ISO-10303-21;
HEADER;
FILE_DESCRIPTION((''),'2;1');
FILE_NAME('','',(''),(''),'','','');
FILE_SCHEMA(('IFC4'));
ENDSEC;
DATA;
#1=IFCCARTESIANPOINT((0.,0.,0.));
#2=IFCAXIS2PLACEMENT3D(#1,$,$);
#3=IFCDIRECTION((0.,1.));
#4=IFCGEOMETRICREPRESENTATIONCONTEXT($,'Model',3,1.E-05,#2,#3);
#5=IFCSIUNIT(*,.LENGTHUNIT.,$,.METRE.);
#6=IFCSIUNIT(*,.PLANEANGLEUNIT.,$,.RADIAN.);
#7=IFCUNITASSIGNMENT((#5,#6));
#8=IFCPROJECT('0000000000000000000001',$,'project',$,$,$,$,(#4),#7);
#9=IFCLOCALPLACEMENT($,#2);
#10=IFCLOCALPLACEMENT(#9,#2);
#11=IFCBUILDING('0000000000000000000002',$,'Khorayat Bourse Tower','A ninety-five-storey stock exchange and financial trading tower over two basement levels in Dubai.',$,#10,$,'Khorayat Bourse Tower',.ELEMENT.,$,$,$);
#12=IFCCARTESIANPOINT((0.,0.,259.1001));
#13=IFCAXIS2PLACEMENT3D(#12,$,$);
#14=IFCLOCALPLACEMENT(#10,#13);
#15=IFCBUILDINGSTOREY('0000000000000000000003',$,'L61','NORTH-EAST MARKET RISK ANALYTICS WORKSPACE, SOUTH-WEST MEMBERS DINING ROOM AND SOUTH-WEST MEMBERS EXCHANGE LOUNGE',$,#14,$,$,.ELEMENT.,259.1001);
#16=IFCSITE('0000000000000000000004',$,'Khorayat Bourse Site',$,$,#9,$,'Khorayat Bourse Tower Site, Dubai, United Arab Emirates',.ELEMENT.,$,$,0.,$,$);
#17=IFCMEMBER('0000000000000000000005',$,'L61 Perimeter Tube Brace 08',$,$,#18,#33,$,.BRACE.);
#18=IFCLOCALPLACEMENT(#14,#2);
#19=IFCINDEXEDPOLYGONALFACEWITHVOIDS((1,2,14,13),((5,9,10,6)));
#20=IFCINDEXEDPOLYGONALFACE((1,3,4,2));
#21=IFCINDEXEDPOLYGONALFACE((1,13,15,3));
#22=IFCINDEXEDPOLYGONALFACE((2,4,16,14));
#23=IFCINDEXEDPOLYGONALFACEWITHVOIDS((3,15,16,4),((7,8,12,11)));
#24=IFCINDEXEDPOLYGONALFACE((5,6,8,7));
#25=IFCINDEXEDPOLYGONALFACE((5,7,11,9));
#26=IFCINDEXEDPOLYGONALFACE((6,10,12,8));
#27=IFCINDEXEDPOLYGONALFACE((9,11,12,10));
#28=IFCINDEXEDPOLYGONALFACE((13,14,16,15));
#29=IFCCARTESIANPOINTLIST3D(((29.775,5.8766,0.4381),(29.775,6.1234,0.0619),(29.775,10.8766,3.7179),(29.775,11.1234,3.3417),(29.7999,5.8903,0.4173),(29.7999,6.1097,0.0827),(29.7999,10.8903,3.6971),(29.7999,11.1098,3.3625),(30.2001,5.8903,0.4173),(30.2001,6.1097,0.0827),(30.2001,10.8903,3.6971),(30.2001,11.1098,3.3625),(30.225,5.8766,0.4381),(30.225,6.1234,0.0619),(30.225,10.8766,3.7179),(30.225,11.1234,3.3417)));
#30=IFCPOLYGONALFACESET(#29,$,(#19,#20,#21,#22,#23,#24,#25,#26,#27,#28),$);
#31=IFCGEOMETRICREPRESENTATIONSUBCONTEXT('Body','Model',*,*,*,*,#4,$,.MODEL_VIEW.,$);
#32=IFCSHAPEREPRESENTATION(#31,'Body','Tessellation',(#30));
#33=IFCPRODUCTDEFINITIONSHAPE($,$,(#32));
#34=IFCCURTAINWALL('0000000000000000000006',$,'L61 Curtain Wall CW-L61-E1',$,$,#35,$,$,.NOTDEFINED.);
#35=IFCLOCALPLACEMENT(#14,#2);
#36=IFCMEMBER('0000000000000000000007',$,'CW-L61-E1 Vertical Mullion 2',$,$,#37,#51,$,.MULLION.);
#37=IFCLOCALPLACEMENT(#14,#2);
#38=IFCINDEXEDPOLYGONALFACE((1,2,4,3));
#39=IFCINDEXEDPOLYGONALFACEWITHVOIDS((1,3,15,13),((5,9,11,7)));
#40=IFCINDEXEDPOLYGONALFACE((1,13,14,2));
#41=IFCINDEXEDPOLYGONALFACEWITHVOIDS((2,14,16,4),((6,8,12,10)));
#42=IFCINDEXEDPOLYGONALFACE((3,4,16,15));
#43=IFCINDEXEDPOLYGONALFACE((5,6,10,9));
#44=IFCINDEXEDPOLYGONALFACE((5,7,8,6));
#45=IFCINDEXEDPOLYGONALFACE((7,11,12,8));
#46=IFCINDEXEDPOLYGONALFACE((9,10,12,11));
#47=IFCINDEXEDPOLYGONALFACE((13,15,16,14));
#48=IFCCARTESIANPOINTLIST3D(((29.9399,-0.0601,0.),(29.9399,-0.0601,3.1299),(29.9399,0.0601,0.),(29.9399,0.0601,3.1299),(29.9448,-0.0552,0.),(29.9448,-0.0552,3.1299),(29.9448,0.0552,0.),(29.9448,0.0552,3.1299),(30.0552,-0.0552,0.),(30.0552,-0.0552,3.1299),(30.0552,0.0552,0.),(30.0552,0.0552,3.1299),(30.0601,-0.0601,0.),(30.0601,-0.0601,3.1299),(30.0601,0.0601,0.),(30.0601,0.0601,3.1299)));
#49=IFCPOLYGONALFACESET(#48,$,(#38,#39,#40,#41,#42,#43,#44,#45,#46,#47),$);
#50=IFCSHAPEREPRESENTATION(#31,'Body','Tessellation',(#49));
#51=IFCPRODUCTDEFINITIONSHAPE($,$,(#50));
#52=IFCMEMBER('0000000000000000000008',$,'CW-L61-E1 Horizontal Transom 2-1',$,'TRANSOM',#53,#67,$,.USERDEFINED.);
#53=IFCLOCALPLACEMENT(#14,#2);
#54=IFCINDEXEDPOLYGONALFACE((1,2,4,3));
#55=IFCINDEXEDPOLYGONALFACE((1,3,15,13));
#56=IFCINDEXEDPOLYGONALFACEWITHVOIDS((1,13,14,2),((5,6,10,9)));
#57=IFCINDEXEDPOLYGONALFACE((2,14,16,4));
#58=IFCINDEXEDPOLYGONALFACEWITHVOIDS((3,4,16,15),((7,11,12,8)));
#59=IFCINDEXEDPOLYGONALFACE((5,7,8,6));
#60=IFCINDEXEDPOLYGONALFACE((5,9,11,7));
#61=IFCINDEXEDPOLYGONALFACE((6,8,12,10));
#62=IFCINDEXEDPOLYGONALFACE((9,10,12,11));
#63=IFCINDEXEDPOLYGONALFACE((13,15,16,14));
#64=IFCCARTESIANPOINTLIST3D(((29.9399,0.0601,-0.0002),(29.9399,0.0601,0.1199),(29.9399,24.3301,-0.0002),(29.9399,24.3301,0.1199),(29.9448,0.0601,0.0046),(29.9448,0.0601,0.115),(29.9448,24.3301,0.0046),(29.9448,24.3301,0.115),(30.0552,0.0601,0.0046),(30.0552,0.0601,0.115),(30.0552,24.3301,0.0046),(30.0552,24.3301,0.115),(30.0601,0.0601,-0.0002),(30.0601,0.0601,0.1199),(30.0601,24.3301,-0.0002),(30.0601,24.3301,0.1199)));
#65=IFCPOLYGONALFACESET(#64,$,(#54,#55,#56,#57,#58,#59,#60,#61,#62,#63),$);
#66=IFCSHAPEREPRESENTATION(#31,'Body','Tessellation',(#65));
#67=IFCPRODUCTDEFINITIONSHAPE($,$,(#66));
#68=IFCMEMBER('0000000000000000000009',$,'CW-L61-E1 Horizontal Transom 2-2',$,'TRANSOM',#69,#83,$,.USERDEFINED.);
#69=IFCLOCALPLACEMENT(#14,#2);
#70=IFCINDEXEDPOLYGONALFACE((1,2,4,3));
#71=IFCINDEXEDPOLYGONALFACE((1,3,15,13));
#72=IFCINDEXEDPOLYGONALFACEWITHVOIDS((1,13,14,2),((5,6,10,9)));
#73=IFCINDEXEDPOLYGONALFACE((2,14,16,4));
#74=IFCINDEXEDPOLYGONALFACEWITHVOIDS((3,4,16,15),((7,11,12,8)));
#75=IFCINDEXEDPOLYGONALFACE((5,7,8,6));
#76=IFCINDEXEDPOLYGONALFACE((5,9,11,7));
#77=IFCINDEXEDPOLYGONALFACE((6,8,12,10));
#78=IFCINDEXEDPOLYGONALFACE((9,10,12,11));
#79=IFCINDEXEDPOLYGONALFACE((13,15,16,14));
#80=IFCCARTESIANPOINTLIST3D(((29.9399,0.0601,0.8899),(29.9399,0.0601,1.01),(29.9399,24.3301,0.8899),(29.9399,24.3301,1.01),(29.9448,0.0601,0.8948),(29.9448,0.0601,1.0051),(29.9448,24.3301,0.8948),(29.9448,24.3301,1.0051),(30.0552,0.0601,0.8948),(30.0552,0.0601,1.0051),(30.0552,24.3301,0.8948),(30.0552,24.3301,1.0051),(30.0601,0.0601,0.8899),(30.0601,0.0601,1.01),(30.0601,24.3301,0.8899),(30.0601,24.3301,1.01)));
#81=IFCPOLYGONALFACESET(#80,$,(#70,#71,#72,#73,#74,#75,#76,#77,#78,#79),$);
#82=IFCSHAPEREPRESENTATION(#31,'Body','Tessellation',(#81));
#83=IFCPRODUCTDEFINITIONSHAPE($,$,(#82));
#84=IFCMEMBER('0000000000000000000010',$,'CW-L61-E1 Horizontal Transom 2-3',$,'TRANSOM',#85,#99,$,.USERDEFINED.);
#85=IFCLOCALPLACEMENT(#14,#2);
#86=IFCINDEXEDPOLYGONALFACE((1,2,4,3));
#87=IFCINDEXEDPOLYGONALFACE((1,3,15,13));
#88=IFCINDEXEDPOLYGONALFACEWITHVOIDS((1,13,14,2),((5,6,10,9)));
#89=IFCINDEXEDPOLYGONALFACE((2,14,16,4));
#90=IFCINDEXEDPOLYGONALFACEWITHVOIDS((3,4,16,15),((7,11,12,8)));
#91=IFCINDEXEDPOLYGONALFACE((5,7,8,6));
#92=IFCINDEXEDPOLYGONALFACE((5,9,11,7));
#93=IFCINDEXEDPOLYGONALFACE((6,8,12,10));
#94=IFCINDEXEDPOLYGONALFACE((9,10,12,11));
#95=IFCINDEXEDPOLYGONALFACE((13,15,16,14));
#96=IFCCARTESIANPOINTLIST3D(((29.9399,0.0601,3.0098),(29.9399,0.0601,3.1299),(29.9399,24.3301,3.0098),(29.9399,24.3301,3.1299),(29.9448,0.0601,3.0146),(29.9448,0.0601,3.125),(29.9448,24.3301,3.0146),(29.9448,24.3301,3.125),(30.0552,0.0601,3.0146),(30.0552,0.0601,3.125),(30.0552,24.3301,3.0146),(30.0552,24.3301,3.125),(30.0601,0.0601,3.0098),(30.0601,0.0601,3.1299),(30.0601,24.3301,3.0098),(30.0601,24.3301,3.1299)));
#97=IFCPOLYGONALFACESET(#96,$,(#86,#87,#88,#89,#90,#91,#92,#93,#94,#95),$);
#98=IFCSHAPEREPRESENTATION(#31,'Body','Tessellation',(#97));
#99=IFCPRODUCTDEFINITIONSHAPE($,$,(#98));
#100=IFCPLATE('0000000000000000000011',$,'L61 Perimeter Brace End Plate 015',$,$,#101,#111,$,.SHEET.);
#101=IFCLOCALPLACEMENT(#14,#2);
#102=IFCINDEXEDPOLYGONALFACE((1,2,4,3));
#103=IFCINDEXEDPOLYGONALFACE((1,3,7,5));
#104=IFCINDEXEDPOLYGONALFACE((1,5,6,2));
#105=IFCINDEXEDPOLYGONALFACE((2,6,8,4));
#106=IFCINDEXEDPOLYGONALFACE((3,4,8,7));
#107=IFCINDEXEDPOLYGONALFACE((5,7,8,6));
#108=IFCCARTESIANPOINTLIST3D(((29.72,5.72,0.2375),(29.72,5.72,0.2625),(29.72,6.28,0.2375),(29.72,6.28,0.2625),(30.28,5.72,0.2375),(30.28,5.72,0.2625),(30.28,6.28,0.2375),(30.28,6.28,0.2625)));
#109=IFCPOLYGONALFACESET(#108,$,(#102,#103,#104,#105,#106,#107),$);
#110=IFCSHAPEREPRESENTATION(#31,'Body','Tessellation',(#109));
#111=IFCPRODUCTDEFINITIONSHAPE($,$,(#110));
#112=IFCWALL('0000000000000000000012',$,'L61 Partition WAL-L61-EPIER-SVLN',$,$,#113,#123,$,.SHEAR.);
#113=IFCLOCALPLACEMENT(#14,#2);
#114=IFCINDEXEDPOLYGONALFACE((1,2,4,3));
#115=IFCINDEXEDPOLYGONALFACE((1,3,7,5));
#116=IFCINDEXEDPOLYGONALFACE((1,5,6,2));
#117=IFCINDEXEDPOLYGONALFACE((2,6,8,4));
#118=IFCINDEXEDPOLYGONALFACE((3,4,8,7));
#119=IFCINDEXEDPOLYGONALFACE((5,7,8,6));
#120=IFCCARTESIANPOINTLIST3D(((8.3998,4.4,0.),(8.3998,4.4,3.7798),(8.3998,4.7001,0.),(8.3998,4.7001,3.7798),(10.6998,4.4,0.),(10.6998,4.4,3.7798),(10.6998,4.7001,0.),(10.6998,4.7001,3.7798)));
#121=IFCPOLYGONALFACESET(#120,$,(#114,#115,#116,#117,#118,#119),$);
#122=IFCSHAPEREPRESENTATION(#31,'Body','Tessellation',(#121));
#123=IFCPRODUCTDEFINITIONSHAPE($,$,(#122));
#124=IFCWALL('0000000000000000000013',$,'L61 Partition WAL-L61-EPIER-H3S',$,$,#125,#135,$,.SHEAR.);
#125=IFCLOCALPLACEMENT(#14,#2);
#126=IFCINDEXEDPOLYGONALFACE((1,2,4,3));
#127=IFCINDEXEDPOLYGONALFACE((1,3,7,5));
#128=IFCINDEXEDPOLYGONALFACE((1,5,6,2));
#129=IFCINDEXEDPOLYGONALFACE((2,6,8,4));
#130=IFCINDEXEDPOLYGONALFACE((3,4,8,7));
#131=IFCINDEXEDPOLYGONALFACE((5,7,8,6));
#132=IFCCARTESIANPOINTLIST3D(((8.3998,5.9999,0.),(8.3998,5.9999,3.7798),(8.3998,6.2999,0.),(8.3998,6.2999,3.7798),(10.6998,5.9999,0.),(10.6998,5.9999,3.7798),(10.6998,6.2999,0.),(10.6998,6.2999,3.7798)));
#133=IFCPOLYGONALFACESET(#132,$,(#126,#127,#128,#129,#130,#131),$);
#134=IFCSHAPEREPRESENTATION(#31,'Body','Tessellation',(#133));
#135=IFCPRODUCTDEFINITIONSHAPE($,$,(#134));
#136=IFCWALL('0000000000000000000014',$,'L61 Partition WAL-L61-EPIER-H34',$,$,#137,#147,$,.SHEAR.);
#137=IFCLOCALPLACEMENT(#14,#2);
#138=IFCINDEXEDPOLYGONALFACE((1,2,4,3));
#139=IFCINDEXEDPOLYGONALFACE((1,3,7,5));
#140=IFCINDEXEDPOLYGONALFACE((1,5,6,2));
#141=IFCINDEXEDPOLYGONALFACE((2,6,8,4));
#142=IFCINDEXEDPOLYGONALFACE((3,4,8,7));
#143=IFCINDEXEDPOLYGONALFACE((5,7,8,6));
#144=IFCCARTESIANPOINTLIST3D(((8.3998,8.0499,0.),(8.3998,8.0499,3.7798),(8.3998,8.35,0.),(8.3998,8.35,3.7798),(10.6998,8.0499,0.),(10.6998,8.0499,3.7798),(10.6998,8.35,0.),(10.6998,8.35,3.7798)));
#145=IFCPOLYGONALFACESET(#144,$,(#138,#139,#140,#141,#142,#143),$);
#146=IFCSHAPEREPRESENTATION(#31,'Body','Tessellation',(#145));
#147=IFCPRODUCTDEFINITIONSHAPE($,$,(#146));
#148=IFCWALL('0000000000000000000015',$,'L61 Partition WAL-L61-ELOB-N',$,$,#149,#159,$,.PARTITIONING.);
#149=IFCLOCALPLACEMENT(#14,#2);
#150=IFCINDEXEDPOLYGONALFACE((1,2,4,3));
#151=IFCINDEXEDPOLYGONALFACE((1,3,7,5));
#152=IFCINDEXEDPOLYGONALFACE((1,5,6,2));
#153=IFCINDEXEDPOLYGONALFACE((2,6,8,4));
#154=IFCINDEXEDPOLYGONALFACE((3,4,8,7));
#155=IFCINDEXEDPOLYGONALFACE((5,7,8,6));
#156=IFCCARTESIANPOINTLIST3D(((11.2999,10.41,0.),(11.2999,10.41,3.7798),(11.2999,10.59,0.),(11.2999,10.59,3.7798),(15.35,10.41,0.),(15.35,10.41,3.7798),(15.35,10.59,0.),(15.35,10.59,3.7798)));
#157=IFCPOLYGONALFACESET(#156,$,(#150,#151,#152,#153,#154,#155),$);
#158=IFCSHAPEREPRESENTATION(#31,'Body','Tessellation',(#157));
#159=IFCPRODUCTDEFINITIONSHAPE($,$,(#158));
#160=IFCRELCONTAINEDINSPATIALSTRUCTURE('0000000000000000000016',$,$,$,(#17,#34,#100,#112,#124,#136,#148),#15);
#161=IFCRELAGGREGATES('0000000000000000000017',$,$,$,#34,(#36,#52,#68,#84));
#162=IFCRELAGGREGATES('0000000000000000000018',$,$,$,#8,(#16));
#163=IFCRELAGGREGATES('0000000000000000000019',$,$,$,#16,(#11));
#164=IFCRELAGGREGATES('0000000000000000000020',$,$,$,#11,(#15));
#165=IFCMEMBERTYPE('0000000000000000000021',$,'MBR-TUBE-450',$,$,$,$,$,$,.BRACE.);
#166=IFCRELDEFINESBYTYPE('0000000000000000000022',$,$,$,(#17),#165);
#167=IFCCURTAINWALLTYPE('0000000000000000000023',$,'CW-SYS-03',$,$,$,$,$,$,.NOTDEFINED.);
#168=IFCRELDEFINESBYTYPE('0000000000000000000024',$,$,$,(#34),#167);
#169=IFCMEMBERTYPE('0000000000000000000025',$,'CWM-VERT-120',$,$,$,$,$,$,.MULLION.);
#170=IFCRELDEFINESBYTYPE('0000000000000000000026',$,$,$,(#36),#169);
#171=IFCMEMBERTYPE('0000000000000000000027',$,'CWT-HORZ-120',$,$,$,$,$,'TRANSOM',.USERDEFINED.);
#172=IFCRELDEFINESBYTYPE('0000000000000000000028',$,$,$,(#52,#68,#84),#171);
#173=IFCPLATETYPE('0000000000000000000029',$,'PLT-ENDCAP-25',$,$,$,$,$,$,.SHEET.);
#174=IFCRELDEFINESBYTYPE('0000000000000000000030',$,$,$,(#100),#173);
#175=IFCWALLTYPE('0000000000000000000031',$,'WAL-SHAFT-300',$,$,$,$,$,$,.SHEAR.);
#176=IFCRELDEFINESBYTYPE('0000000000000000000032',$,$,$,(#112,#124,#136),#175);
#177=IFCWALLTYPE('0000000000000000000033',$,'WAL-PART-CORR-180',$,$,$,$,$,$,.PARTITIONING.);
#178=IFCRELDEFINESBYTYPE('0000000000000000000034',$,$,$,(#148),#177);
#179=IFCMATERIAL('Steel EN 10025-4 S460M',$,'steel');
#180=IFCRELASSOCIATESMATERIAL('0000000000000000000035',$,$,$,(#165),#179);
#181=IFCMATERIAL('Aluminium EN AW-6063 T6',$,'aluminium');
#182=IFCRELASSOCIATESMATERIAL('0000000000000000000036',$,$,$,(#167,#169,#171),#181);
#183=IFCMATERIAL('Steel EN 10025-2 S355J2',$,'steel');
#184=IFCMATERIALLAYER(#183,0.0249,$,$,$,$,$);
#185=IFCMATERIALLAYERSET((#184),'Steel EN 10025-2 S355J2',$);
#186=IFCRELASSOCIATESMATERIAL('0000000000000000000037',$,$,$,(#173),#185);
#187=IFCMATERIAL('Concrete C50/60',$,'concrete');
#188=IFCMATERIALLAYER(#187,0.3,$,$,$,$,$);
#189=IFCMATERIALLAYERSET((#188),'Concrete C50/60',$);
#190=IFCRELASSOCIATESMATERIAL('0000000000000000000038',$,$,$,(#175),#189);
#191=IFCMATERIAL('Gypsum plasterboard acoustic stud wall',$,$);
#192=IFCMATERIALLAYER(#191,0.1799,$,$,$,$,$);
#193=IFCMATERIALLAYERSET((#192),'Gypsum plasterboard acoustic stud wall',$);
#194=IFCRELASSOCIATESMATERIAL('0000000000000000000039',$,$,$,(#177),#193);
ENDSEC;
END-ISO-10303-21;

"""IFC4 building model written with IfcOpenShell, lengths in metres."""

from ifc_helpers import new_model, si_unit, direction, frame, frame_2d, origin, origin_2d, place, context, subcontext, project, spatial, rectangle, hollow_rectangle, extrude, source, transform, mapped, material, layer, layer_set, material_profile, profile_set, type_object, element, aggregate, save


model = new_model("IFC4")

# Units and contexts
model_context = context("Model", 3, precision=1e-05, world=origin(), true_north=direction((0.0, 1.0)))
body_context = subcontext(model_context, "Body", "Model", "MODEL_VIEW")
ifc_project = project(units=[si_unit("LENGTHUNIT", "METRE"), si_unit("PLANEANGLEUNIT", "RADIAN")], contexts=[model_context])

# Site, building, storey
site_placement = place(None, origin())
site = spatial("IfcSite", under=ifc_project, at=site_placement, Name="Khorayat Bourse Site", LongName="Khorayat Bourse Tower Site, Dubai, United Arab Emirates", CompositionType="ELEMENT", RefElevation=0.0)
building_placement = place(site_placement, origin())
building = spatial("IfcBuilding", under=site, at=building_placement, Name="Khorayat Bourse Tower", Description="A ninety-five-storey stock exchange and financial trading tower over two basement levels in Dubai.", LongName="Khorayat Bourse Tower", CompositionType="ELEMENT")
storey_placement = place(building_placement, frame((0.0, 0.0, 259.1001)))
storey = spatial("IfcBuildingStorey", under=building, at=storey_placement, Name="L61", Description="NORTH-EAST MARKET RISK ANALYTICS WORKSPACE, SOUTH-WEST MEMBERS DINING ROOM AND SOUTH-WEST MEMBERS EXCHANGE LOUNGE", CompositionType="ELEMENT", Elevation=259.1001)

# Shared definitions
ifc_material_1 = material(Name="Steel EN 10025-4 S460M", Category="steel")

# Member
ifc_material_profile_1 = material_profile(ifc_material_1, hollow_rectangle(XDim=0.45, YDim=0.45, WallThickness=0.0249, at=origin_2d()), Name="HSS 450x450x25")
ifc_profile_set_1 = profile_set([ifc_material_profile_1], Name="Steel EN 10025-4 S460M")
member_type_1 = type_object("IfcMemberType", Name="MBR-TUBE-450", PredefinedType="BRACE", material=ifc_profile_set_1)
shared_shape_1 = source(origin(), body_context, "Body", "SweptSolid", [
    extrude(hollow_rectangle(XDim=0.45, YDim=0.45, WallThickness=0.0249, at=origin_2d()), origin(), (0.0, 0.0, 1.0), 5.9797),
])
member_1_placement = place(storey_placement, frame((30.0, 6.0, 0.25), z_axis=(0.0, 0.83616, 0.548485), x_axis=(-1.0, 0.0, 0.0)))
element("IfcMember", 1, at=member_1_placement, inside=storey, type_object=member_type_1, Name="L61 Perimeter Tube Brace 08", PredefinedType="BRACE", context=body_context, shape_type="MappedRepresentation", body=[
    mapped(shared_shape_1, transform((0.0, 0.0, 0.0), scale=1.0)),
])

# Curtain wall, members
ifc_material_2 = material(Name="Aluminium EN AW-6063 T6", Category="aluminium")
curtain_wall_type = type_object("IfcCurtainWallType", Name="CW-SYS-03", PredefinedType="NOTDEFINED", material=ifc_material_2)
curtain_wall_placement = place(storey_placement, origin())
curtain_wall = element("IfcCurtainWall", 2, at=curtain_wall_placement, inside=storey, type_object=curtain_wall_type, Name="L61 Curtain Wall CW-L61-E1", PredefinedType="NOTDEFINED")
ifc_material_profile_2 = material_profile(ifc_material_2, hollow_rectangle(XDim=0.1201, YDim=0.1201, WallThickness=0.0049, at=origin_2d()), Name="ALU 120x120x5")
ifc_profile_set_2 = profile_set([ifc_material_profile_2], Name="Aluminium EN AW-6063 T6")
member_type_2 = type_object("IfcMemberType", Name="CWM-VERT-120", PredefinedType="MULLION", material=ifc_profile_set_2)
shared_shape_2 = source(origin(), body_context, "Body", "SweptSolid", [
    extrude(hollow_rectangle(XDim=0.1201, YDim=0.1201, WallThickness=0.0049, at=origin_2d()), origin(), (0.0, 0.0, 1.0), 3.1299),
])
member_2_placement = place(storey_placement, frame((30.0, 0.0, 0.0), z_axis=(0.0, 0.0, 1.0), x_axis=(-1.0, 0.0, 0.0)))
member_2 = element("IfcMember", 3, at=member_2_placement, type_object=member_type_2, Name="CW-L61-E1 Vertical Mullion 2", PredefinedType="MULLION", context=body_context, shape_type="MappedRepresentation", body=[
    mapped(shared_shape_2, transform((0.0, 0.0, 0.0), scale=1.0)),
])
ifc_material_profile_3 = material_profile(ifc_material_2, hollow_rectangle(XDim=0.1201, YDim=0.1201, WallThickness=0.0049, at=origin_2d()), Name="ALU 120x120x5")
ifc_profile_set_3 = profile_set([ifc_material_profile_3], Name="Aluminium EN AW-6063 T6")
member_type_3 = type_object("IfcMemberType", Name="CWT-HORZ-120", ElementType="TRANSOM", PredefinedType="USERDEFINED", material=ifc_profile_set_3)
shared_shape_3 = source(origin(), body_context, "Body", "SweptSolid", [
    extrude(hollow_rectangle(XDim=0.1201, YDim=0.1201, WallThickness=0.0049, at=origin_2d()), origin(), (0.0, 0.0, 1.0), 24.27),
])
member_3_placement = place(storey_placement, frame((30.0, 0.0601, 0.0598), z_axis=(0.0, 1.0, 0.0), x_axis=(-1.0, 0.0, 0.0)))
member_3 = element("IfcMember", 4, at=member_3_placement, type_object=member_type_3, Name="CW-L61-E1 Horizontal Transom 2-1", ObjectType="TRANSOM", PredefinedType="USERDEFINED", context=body_context, shape_type="MappedRepresentation", body=[
    mapped(shared_shape_3, transform((0.0, 0.0, 0.0), scale=1.0)),
])
member_4_placement = place(storey_placement, frame((30.0, 0.0601, 0.95), z_axis=(0.0, 1.0, 0.0), x_axis=(-1.0, 0.0, 0.0)))
member_4 = element("IfcMember", 5, at=member_4_placement, type_object=member_type_3, Name="CW-L61-E1 Horizontal Transom 2-2", ObjectType="TRANSOM", PredefinedType="USERDEFINED", context=body_context, shape_type="MappedRepresentation", body=[
    mapped(shared_shape_3, transform((0.0, 0.0, 0.0), scale=1.0)),
])
member_5_placement = place(storey_placement, frame((30.0, 0.0601, 3.0698), z_axis=(0.0, 1.0, 0.0), x_axis=(-1.0, 0.0, 0.0)))
member_5 = element("IfcMember", 6, at=member_5_placement, type_object=member_type_3, Name="CW-L61-E1 Horizontal Transom 2-3", ObjectType="TRANSOM", PredefinedType="USERDEFINED", context=body_context, shape_type="MappedRepresentation", body=[
    mapped(shared_shape_3, transform((0.0, 0.0, 0.0), scale=1.0)),
])
aggregate(curtain_wall, [member_2, member_3, member_4, member_5])

# Plate
ifc_material_3 = material(Name="Steel EN 10025-2 S355J2", Category="steel")
ifc_layer_1 = layer(ifc_material_3, 0.0249)
ifc_layer_set_1 = layer_set([ifc_layer_1], Name="Steel EN 10025-2 S355J2")
plate_type = type_object("IfcPlateType", Name="PLT-ENDCAP-25", PredefinedType="SHEET", material=ifc_layer_set_1)
shared_shape_4 = source(origin(), body_context, "Body", "SweptSolid", [
    extrude(rectangle(XDim=0.5601, YDim=0.5601, at=origin_2d()), origin(), (0.0, 0.0, 1.0), 0.0249),
])
plate_placement = place(storey_placement, frame((30.0, 6.0, 0.2375), z_axis=(0.0, 0.0, 1.0), x_axis=(1.0, 0.0, 0.0)))
element("IfcPlate", 7, at=plate_placement, inside=storey, type_object=plate_type, Name="L61 Perimeter Brace End Plate 015", PredefinedType="SHEET", context=body_context, shape_type="MappedRepresentation", body=[
    mapped(shared_shape_4, transform((0.0, 0.0, 0.0), scale=1.0)),
])

# Walls
ifc_material_4 = material(Name="Concrete C50/60", Category="concrete")
ifc_layer_2 = layer(ifc_material_4, 0.3)
ifc_layer_set_2 = layer_set([ifc_layer_2], Name="Concrete C50/60")
wall_type_1 = type_object("IfcWallType", Name="WAL-SHAFT-300", PredefinedType="SHEAR", material=ifc_layer_set_2)
shared_shape_5 = source(origin(), body_context, "Body", "SweptSolid", [
    extrude(rectangle(XDim=2.3, YDim=0.3, at=frame_2d((1.1499, 0.0))), origin(), (0.0, 0.0, 1.0), 3.7798),
])
for number, where, z_axis, x_axis, name in (
    (8, (8.3999, 4.55, 0.0), (0.0, 0.0, 1.0), (1.0, 0.0, 0.0), "L61 Partition WAL-L61-EPIER-SVLN"),
    (9, (8.3999, 6.1499, 0.0), (0.0, 0.0, 1.0), (1.0, 0.0, 0.0), "L61 Partition WAL-L61-EPIER-H3S"),
    (10, (8.3999, 8.2, 0.0), (0.0, 0.0, 1.0), (1.0, 0.0, 0.0), "L61 Partition WAL-L61-EPIER-H34"),
):
    element("IfcWall", number, at=place(storey_placement, frame(where, z_axis=z_axis, x_axis=x_axis)), inside=storey, type_object=wall_type_1, Name=name, PredefinedType="SHEAR", context=body_context, shape_type="MappedRepresentation", body=[
        mapped(shared_shape_5, transform((0.0, 0.0, 0.0), scale=1.0)),
    ])
ifc_material_5 = material(Name="Gypsum plasterboard acoustic stud wall")
ifc_layer_3 = layer(ifc_material_5, 0.1799)
ifc_layer_set_3 = layer_set([ifc_layer_3], Name="Gypsum plasterboard acoustic stud wall")
wall_type_2 = type_object("IfcWallType", Name="WAL-PART-CORR-180", PredefinedType="PARTITIONING", material=ifc_layer_set_3)
shared_shape_6 = source(origin(), body_context, "Body", "SweptSolid", [
    extrude(rectangle(XDim=4.05, YDim=0.1799, at=frame_2d((2.0249, 0.0))), origin(), (0.0, 0.0, 1.0), 3.7798),
])
wall_1_placement = place(storey_placement, frame((11.3, 10.5, 0.0), z_axis=(0.0, 0.0, 1.0), x_axis=(1.0, 0.0, 0.0)))
element("IfcWall", 11, at=wall_1_placement, inside=storey, type_object=wall_type_2, Name="L61 Partition WAL-L61-ELOB-N", PredefinedType="PARTITIONING", context=body_context, shape_type="MappedRepresentation", body=[
    mapped(shared_shape_6, transform((0.0, 0.0, 0.0), scale=1.0)),
])

save(model, "model.ifc")
